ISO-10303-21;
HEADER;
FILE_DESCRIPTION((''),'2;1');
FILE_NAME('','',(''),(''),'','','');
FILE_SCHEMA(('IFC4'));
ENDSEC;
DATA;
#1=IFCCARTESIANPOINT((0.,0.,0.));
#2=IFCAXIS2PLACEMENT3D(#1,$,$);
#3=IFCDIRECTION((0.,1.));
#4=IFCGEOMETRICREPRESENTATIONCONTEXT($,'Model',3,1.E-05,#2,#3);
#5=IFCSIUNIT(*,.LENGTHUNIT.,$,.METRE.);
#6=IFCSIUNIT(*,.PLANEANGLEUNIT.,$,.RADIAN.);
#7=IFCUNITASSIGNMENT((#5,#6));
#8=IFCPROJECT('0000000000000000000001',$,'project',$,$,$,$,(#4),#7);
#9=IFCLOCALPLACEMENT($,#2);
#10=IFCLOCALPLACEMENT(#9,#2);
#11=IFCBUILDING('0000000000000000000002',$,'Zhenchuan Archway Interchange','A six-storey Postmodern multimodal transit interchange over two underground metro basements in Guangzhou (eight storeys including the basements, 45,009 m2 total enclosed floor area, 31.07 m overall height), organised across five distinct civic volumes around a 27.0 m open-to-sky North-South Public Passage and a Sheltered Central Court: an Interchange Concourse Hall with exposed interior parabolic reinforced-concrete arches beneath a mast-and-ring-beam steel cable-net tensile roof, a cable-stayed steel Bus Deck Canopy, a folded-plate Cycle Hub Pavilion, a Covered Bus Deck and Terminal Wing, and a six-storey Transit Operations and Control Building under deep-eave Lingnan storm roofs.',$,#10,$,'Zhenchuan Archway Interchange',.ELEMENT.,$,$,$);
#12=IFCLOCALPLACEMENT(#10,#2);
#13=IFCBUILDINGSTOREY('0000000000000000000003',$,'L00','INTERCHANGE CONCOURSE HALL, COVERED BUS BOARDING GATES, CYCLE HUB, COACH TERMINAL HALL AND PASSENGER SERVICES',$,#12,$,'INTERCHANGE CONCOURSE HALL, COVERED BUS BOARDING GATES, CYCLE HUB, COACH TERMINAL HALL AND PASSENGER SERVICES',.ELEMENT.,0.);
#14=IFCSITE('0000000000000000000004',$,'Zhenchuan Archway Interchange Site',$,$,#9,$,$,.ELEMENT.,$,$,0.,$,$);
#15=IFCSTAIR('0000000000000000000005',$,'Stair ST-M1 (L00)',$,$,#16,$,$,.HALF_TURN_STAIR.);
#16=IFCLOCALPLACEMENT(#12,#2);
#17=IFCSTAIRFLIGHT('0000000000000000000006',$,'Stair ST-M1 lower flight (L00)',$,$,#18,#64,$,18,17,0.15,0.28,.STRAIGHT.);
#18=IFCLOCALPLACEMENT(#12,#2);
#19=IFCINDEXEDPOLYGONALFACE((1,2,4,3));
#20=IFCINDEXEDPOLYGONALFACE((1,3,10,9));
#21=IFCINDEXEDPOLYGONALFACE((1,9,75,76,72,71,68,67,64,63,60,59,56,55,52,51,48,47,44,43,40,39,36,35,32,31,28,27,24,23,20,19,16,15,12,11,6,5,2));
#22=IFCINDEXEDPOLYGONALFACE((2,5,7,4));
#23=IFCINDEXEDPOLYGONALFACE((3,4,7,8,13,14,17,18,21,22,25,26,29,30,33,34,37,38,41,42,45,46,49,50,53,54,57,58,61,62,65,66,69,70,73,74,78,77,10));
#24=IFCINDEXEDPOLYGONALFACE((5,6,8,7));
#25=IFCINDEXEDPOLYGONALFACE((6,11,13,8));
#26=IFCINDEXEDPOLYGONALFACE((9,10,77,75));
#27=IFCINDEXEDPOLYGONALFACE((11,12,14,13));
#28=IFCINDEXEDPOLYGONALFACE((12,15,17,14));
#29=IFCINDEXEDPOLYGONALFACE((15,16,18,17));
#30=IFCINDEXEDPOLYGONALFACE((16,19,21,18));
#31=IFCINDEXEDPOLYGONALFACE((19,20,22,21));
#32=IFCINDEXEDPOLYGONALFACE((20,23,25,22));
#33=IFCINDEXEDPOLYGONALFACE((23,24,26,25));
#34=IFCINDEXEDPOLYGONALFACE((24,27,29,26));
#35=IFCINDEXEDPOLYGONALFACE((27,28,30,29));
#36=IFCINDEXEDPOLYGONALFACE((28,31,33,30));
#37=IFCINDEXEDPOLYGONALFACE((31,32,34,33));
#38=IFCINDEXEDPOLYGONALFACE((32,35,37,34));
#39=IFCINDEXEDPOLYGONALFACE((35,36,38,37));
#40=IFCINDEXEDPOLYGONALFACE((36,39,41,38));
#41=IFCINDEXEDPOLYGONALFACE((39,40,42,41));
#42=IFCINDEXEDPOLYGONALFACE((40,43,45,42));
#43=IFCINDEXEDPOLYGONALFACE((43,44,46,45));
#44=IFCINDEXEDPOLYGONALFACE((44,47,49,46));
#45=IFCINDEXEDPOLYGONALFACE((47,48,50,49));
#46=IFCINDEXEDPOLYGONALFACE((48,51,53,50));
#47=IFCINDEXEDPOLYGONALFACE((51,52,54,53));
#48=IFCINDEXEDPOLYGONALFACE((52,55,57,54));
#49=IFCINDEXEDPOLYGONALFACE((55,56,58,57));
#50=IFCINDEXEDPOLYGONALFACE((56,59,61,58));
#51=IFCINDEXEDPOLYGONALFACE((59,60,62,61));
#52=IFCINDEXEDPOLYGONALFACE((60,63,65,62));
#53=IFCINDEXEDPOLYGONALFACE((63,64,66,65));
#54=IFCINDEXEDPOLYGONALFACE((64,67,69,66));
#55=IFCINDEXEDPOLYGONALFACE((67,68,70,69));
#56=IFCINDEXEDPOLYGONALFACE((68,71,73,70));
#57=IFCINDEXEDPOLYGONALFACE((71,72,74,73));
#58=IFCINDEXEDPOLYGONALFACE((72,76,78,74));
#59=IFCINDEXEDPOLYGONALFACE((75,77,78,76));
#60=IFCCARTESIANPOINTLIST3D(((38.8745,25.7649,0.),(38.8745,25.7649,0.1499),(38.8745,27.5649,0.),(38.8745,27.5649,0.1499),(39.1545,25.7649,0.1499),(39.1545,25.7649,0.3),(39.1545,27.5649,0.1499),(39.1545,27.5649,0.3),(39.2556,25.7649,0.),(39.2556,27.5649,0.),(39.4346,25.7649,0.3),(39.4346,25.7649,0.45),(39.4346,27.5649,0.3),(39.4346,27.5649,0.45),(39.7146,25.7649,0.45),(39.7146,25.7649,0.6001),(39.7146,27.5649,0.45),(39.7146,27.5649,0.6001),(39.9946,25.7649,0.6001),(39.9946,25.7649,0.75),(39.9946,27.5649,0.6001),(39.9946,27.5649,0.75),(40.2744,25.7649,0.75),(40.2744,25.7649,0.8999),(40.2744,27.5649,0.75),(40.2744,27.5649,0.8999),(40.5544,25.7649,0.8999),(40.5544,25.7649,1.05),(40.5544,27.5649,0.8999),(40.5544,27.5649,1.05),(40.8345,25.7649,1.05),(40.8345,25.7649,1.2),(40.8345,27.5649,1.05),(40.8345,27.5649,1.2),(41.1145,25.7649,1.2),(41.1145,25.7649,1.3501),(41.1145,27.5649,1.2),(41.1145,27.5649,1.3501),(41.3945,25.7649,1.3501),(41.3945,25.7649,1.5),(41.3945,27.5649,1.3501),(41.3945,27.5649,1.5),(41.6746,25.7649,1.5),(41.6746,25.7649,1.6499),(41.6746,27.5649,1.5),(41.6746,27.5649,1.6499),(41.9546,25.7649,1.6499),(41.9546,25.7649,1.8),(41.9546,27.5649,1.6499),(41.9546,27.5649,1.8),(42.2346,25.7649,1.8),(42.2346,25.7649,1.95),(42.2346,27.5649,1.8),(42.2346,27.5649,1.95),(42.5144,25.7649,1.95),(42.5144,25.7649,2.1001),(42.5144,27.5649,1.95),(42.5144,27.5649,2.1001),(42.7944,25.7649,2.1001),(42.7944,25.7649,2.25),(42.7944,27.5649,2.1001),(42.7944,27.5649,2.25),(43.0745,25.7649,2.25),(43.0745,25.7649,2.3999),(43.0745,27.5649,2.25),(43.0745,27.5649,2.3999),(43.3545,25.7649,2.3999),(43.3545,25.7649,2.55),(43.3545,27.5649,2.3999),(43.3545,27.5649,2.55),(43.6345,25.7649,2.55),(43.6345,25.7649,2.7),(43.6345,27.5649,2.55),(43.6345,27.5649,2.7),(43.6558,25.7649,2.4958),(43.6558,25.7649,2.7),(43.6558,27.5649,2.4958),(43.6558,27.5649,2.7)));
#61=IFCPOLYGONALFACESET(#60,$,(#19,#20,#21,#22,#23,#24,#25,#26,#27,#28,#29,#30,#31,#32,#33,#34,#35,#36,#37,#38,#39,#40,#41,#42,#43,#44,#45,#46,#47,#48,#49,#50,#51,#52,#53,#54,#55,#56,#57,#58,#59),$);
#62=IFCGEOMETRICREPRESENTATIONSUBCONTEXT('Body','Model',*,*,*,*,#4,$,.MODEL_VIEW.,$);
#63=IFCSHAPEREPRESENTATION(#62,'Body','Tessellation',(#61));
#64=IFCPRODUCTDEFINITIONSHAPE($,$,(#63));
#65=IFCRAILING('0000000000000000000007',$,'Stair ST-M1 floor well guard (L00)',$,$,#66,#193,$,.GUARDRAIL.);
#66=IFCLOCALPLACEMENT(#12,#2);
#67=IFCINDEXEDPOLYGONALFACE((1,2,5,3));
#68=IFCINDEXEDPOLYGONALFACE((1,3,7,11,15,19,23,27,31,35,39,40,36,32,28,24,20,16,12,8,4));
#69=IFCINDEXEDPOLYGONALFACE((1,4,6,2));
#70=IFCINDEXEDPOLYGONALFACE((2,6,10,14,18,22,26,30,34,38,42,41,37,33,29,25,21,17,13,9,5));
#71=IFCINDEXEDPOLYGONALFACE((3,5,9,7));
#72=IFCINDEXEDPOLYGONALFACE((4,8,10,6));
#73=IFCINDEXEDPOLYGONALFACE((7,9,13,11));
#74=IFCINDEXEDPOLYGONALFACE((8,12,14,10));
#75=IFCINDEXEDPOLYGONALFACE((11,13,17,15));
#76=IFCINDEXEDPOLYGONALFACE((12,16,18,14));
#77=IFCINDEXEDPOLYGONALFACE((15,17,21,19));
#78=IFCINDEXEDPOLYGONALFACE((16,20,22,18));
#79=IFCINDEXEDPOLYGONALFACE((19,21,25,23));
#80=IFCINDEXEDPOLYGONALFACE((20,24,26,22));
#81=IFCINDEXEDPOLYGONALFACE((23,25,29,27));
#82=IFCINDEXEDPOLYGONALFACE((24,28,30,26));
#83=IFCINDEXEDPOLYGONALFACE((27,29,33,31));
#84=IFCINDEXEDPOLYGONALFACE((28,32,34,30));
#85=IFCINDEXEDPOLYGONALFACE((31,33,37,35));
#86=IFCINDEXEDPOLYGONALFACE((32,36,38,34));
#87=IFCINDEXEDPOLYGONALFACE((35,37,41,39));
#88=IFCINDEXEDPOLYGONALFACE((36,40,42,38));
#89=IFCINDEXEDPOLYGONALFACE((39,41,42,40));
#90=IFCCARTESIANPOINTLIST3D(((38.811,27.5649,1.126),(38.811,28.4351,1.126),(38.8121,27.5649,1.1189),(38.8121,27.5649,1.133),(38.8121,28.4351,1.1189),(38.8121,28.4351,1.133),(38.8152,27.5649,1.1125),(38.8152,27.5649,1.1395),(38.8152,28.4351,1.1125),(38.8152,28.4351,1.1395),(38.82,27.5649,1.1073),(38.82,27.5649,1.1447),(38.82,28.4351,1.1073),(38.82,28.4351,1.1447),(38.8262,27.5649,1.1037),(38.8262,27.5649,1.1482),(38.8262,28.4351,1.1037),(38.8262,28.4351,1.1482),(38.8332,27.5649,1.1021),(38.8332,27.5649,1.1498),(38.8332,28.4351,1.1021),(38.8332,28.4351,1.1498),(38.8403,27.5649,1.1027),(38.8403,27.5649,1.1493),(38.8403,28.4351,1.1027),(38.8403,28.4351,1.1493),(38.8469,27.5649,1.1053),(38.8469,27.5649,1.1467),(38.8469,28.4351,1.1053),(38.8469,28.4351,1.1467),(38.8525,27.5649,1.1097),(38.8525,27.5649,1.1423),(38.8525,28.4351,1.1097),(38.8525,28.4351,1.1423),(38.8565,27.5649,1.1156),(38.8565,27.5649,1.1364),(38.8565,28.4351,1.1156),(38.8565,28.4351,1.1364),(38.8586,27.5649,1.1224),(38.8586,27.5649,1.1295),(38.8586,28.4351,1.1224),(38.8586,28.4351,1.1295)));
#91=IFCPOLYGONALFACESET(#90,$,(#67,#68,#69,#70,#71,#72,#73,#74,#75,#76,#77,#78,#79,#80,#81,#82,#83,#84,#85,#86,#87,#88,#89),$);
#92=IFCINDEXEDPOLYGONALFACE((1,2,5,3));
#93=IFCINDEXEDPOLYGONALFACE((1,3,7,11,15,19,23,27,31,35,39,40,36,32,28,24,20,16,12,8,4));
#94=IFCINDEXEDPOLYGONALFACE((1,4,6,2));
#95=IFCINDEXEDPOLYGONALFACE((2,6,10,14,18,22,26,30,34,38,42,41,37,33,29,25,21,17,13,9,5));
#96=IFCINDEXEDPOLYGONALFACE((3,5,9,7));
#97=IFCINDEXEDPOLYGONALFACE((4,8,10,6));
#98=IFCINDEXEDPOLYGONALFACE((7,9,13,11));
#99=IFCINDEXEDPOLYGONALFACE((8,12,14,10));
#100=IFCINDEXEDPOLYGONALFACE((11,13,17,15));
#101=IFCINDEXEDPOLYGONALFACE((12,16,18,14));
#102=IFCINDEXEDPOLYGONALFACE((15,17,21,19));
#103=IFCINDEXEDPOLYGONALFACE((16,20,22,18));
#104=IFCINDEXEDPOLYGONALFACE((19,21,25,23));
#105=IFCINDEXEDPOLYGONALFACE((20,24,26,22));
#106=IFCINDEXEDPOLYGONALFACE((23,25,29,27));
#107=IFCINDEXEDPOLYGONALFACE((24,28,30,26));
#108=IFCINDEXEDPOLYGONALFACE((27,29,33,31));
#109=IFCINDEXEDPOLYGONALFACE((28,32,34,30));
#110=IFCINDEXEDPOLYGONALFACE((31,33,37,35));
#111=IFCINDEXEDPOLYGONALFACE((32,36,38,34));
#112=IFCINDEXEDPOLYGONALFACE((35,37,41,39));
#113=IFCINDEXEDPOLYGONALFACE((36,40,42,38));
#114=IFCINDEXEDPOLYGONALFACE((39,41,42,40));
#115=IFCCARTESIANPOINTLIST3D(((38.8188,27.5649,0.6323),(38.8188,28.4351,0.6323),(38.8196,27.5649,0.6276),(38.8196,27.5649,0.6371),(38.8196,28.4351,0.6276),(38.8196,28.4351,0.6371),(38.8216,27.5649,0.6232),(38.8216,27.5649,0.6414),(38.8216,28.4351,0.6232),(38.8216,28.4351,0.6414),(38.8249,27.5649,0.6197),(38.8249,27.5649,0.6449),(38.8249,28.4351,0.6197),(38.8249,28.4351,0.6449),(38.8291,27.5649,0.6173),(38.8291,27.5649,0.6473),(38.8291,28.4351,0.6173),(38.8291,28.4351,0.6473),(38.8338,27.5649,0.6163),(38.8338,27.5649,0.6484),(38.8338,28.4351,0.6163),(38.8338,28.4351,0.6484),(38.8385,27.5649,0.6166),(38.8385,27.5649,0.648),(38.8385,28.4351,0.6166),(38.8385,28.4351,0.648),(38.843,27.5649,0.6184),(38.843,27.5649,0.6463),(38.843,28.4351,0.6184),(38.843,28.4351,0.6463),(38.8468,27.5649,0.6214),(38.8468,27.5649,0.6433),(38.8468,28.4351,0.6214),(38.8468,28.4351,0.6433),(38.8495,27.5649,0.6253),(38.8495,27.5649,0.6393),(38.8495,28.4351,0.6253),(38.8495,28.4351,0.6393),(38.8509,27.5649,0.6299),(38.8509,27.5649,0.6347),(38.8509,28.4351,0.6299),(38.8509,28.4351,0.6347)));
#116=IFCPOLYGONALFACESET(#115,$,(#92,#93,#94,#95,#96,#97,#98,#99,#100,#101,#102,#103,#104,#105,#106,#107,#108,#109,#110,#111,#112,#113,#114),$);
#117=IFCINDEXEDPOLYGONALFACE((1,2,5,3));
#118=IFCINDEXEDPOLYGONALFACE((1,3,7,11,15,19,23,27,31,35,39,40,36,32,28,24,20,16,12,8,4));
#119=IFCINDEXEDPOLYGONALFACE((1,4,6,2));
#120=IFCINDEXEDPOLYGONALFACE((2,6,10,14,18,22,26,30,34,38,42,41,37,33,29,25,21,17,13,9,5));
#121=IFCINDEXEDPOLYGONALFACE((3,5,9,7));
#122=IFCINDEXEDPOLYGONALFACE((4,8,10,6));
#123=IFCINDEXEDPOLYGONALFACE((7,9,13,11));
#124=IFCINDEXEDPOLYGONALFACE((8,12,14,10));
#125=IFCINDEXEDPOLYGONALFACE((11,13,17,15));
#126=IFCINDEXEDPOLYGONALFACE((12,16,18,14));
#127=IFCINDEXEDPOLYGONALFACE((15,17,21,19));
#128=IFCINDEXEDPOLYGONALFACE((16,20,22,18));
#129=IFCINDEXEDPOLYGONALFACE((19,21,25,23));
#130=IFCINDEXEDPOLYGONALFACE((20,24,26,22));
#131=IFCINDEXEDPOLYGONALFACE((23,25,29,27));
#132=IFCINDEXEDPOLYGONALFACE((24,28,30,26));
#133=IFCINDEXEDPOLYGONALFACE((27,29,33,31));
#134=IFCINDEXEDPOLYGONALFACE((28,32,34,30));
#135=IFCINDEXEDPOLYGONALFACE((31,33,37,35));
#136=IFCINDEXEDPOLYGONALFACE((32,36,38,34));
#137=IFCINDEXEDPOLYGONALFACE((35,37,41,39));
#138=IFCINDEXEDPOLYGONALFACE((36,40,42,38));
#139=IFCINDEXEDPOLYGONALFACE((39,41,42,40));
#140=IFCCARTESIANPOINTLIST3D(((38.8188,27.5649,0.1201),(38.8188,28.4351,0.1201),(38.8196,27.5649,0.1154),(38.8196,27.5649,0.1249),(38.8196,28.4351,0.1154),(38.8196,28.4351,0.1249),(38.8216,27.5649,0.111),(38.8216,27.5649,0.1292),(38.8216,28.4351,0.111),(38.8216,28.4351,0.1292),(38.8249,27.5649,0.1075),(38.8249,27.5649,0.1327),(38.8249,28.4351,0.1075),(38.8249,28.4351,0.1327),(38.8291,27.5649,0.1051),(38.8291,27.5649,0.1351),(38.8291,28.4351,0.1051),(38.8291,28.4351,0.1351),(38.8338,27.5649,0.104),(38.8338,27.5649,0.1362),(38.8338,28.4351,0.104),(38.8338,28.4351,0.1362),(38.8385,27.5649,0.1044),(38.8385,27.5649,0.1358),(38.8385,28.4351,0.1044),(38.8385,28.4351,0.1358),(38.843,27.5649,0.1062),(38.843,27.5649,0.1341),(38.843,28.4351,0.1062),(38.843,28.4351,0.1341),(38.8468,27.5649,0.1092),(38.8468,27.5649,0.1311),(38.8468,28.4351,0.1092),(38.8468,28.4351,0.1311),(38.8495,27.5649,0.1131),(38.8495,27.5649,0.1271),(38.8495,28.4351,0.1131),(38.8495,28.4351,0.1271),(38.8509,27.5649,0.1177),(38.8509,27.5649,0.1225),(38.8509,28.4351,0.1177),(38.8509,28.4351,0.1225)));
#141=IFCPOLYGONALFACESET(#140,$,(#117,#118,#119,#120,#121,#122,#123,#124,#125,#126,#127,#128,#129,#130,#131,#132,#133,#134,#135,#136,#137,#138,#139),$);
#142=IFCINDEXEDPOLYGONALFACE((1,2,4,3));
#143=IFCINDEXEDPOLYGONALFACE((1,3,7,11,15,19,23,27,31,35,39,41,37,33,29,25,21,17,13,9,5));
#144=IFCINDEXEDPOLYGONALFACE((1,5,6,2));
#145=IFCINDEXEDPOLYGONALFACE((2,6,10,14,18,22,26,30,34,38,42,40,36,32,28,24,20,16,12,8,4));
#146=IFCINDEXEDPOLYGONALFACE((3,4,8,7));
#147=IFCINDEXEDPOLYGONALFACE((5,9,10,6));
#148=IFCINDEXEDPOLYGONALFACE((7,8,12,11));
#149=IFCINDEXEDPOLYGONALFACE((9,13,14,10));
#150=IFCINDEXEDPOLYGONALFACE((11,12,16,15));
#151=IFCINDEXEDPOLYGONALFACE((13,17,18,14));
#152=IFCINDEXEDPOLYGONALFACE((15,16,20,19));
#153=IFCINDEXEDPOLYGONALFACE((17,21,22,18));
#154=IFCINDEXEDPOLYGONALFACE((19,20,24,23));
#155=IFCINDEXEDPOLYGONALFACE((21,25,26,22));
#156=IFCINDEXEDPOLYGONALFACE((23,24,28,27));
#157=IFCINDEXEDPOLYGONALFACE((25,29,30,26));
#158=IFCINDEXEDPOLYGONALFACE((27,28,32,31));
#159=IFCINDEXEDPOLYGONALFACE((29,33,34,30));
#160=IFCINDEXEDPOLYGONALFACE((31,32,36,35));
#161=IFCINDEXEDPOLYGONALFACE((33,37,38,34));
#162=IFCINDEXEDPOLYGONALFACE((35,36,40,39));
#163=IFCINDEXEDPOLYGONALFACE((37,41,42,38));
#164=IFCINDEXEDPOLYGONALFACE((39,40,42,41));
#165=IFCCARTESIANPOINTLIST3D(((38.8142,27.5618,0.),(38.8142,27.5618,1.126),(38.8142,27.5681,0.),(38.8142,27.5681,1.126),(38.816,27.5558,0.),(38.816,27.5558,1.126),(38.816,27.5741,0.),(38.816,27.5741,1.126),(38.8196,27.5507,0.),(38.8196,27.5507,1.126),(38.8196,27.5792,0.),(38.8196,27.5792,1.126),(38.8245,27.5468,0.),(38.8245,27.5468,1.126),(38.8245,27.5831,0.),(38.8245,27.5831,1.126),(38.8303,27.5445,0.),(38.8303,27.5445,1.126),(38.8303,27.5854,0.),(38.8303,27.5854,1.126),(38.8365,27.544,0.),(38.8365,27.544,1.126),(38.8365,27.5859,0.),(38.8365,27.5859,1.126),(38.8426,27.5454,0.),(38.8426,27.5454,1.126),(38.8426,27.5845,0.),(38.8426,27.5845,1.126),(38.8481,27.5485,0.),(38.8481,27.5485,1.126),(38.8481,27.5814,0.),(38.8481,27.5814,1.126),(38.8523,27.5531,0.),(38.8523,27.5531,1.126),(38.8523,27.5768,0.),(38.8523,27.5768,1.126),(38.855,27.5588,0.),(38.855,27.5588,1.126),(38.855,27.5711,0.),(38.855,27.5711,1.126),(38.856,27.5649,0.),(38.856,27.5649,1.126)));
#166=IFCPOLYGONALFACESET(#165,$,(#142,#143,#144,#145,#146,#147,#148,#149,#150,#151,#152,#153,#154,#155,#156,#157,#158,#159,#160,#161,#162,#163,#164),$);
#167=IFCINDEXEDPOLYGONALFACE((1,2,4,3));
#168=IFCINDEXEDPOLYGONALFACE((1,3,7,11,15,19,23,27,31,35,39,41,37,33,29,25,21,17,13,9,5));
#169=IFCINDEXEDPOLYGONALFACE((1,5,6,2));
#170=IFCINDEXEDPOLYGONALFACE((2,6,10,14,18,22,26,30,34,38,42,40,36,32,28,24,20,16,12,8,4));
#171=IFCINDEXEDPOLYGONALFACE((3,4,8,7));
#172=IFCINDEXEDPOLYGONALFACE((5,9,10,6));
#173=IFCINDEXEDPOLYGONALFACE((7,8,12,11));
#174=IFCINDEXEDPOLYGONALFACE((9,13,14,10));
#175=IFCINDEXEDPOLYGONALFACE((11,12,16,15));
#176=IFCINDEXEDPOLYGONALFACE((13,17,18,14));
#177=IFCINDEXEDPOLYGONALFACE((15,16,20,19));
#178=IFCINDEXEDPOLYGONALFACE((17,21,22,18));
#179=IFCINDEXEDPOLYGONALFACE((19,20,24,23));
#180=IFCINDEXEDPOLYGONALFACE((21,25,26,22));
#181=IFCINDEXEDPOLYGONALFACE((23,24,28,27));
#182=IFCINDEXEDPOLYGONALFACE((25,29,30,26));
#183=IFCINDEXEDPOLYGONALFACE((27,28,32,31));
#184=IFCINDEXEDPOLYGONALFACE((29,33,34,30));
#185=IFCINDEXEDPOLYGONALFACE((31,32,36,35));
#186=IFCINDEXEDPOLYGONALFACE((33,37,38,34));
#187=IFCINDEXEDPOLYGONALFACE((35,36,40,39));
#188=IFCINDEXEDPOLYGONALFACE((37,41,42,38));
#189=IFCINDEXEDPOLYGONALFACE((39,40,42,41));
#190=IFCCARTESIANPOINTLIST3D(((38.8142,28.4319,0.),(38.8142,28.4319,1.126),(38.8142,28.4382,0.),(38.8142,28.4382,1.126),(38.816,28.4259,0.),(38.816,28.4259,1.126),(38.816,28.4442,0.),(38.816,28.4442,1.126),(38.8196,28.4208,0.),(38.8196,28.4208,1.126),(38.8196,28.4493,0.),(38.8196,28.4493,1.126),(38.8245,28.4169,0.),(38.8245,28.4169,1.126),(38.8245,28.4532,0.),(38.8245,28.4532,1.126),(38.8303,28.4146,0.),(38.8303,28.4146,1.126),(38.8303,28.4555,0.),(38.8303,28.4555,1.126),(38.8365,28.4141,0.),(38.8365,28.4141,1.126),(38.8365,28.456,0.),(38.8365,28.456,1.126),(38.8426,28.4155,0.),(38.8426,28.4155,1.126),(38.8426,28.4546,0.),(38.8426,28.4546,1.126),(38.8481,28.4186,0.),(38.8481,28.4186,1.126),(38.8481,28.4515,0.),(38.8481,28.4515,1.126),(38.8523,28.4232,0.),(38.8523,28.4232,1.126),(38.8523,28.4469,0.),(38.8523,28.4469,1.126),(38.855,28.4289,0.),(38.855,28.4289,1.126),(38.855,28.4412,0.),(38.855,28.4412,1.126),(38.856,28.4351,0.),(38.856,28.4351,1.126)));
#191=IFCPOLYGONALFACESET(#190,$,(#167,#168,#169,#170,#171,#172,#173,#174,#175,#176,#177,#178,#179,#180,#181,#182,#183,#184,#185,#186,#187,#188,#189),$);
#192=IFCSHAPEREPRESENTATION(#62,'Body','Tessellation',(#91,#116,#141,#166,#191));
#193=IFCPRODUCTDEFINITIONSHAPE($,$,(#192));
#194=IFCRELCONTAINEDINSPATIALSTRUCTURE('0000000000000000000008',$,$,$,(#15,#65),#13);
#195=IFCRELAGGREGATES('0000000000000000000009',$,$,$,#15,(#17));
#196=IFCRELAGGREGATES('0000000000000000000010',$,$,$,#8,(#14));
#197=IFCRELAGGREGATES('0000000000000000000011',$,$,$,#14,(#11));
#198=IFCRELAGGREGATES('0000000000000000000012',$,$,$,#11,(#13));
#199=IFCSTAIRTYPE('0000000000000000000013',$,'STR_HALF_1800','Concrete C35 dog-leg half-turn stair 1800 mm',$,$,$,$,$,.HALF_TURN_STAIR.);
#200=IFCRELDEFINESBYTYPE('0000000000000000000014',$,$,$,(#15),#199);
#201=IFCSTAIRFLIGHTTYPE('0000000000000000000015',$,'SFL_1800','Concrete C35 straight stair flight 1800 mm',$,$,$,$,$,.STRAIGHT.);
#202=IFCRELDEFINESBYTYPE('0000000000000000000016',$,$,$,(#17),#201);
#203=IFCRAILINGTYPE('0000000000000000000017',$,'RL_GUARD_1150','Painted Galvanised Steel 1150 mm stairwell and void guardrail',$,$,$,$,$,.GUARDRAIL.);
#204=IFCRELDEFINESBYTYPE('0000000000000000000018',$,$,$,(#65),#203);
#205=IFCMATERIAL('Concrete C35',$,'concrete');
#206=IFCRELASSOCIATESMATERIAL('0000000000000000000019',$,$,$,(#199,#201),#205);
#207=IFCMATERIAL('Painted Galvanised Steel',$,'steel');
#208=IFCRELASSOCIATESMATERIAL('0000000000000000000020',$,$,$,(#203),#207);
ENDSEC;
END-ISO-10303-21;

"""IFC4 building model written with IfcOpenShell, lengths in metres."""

from ifc_helpers import new_model, si_unit, direction, frame, origin, origin_2d, place, context, subcontext, project, spatial, polyline, circle, outline, extrude, material, type_object, element, aggregate, save


model = new_model("IFC4")

# Units and contexts
model_context = context("Model", 3, precision=1e-05, world=origin(), true_north=direction((0.0, 1.0)))
body_context = subcontext(model_context, "Body", "Model", "MODEL_VIEW")
ifc_project = project(units=[si_unit("LENGTHUNIT", "METRE"), si_unit("PLANEANGLEUNIT", "RADIAN")], contexts=[model_context])

# Site, building, storey
site_placement = place(None, origin())
site = spatial("IfcSite", under=ifc_project, at=site_placement, Name="Zhenchuan Archway Interchange Site", CompositionType="ELEMENT", RefElevation=0.0)
building_placement = place(site_placement, origin())
building = spatial("IfcBuilding", under=site, at=building_placement, Name="Zhenchuan Archway Interchange", Description="A six-storey Postmodern multimodal transit interchange over two underground metro basements in Guangzhou (eight storeys including the basements, 45,009 m2 total enclosed floor area, 31.07 m overall height), organised across five distinct civic volumes around a 27.0 m open-to-sky North-South Public Passage and a Sheltered Central Court: an Interchange Concourse Hall with exposed interior parabolic reinforced-concrete arches beneath a mast-and-ring-beam steel cable-net tensile roof, a cable-stayed steel Bus Deck Canopy, a folded-plate Cycle Hub Pavilion, a Covered Bus Deck and Terminal Wing, and a six-storey Transit Operations and Control Building under deep-eave Lingnan storm roofs.", LongName="Zhenchuan Archway Interchange", CompositionType="ELEMENT")
storey_placement = place(building_placement, origin())
storey = spatial("IfcBuildingStorey", under=building, at=storey_placement, Name="L00", Description="INTERCHANGE CONCOURSE HALL, COVERED BUS BOARDING GATES, CYCLE HUB, COACH TERMINAL HALL AND PASSENGER SERVICES", LongName="INTERCHANGE CONCOURSE HALL, COVERED BUS BOARDING GATES, CYCLE HUB, COACH TERMINAL HALL AND PASSENGER SERVICES", CompositionType="ELEMENT", Elevation=0.0)

# Shared definitions
ifc_material_1 = material(Name="Painted Galvanised Steel", Category="steel")

# Stair, stair flight
ifc_material_2 = material(Name="Concrete C35", Category="concrete")
stair_type = type_object("IfcStairType", Name="STR_HALF_1800", Description="Concrete C35 dog-leg half-turn stair 1800 mm", PredefinedType="HALF_TURN_STAIR", material=ifc_material_2)
stair_placement = place(storey_placement, origin())
stair = element("IfcStair", 1, at=stair_placement, inside=storey, type_object=stair_type, Name="Stair ST-M1 (L00)", PredefinedType="HALF_TURN_STAIR")
stair_flight_type = type_object("IfcStairFlightType", Name="SFL_1800", Description="Concrete C35 straight stair flight 1800 mm", PredefinedType="STRAIGHT", material=ifc_material_2)
stair_flight_placement = place(storey_placement, frame((38.8745, 26.665, 0.0), z_axis=(0.0, 0.0, 1.0), x_axis=(1.0, 0.0, 0.0)))
stair_flight = element("IfcStairFlight", 2, at=stair_flight_placement, type_object=stair_flight_type, Name="Stair ST-M1 lower flight (L00)", NumberOfRisers=18, NumberOfTreads=17, PredefinedType="STRAIGHT", RiserHeight=0.15, TreadLength=0.28, context=body_context, shape_type="SweptSolid", body=[
    extrude(outline(polyline([(0.0, 0.0), (0.0, 0.1499), (0.28, 0.1499), (0.28, 0.3), (0.5601, 0.3), (0.5601, 0.45), (0.8401, 0.45), (0.8401, 0.6001), (1.1201, 0.6001), (1.1201, 0.75), (1.3999, 0.75), (1.3999, 0.8999), (1.6799, 0.8999), (1.6799, 1.05), (1.96, 1.05), (1.96, 1.2), (2.24, 1.2), (2.24, 1.3501), (2.52, 1.3501), (2.52, 1.5), (2.8, 1.5), (2.8, 1.6499), (3.0801, 1.6499), (3.0801, 1.8), (3.3601, 1.8), (3.3601, 1.95), (3.6399, 1.95), (3.6399, 2.1001), (3.9199, 2.1001), (3.9199, 2.25), (4.2, 2.25), (4.2, 2.3999), (4.48, 2.3999), (4.48, 2.55), (4.76, 2.55), (4.76, 2.7), (4.7812, 2.7), (4.7812, 2.4958), (0.3811, 0.0), (0.0, 0.0)])), frame((0.0, 0.8999, 0.0), z_axis=(0.0, -1.0, 0.0), x_axis=(1.0, 0.0, 0.0)), (0.0, 0.0, 1.0), 1.8),
])
aggregate(stair, [stair_flight])

# Railing
railing_type_1 = type_object("IfcRailingType", Name="RL_GUARD_1150", Description="Painted Galvanised Steel 1150 mm stairwell and void guardrail", PredefinedType="GUARDRAIL", material=ifc_material_1)
railing_1_placement = place(storey_placement, frame((38.835, 27.5649, 0.0)))
element("IfcRailing", 3, at=railing_1_placement, inside=storey, type_object=railing_type_1, Name="Stair ST-M1 floor well guard (L00)", PredefinedType="GUARDRAIL", context=body_context, shape_type="SweptSolid", body=[
    extrude(circle(Radius=0.0239, at=origin_2d()), frame((0.0, 0.0, 1.126), z_axis=(0.0, 1.0, 0.0), x_axis=(-1.0, 0.0, 0.0)), (0.0, 0.0, 1.0), 0.8701),
    extrude(circle(Radius=0.0161, at=origin_2d()), frame((0.0, 0.0, 0.6323), z_axis=(0.0, 1.0, 0.0), x_axis=(-1.0, 0.0, 0.0)), (0.0, 0.0, 1.0), 0.8701),
    extrude(circle(Radius=0.0161, at=origin_2d()), frame((0.0, 0.0, 0.1201), z_axis=(0.0, 1.0, 0.0), x_axis=(-1.0, 0.0, 0.0)), (0.0, 0.0, 1.0), 0.8701),
    extrude(circle(Radius=0.021, at=origin_2d()), origin(), (0.0, 0.0, 1.0), 1.126),
    extrude(circle(Radius=0.021, at=origin_2d()), frame((0.0, 0.8701, 0.0)), (0.0, 0.0, 1.0), 1.126),
])

save(model, "model.ifc")
